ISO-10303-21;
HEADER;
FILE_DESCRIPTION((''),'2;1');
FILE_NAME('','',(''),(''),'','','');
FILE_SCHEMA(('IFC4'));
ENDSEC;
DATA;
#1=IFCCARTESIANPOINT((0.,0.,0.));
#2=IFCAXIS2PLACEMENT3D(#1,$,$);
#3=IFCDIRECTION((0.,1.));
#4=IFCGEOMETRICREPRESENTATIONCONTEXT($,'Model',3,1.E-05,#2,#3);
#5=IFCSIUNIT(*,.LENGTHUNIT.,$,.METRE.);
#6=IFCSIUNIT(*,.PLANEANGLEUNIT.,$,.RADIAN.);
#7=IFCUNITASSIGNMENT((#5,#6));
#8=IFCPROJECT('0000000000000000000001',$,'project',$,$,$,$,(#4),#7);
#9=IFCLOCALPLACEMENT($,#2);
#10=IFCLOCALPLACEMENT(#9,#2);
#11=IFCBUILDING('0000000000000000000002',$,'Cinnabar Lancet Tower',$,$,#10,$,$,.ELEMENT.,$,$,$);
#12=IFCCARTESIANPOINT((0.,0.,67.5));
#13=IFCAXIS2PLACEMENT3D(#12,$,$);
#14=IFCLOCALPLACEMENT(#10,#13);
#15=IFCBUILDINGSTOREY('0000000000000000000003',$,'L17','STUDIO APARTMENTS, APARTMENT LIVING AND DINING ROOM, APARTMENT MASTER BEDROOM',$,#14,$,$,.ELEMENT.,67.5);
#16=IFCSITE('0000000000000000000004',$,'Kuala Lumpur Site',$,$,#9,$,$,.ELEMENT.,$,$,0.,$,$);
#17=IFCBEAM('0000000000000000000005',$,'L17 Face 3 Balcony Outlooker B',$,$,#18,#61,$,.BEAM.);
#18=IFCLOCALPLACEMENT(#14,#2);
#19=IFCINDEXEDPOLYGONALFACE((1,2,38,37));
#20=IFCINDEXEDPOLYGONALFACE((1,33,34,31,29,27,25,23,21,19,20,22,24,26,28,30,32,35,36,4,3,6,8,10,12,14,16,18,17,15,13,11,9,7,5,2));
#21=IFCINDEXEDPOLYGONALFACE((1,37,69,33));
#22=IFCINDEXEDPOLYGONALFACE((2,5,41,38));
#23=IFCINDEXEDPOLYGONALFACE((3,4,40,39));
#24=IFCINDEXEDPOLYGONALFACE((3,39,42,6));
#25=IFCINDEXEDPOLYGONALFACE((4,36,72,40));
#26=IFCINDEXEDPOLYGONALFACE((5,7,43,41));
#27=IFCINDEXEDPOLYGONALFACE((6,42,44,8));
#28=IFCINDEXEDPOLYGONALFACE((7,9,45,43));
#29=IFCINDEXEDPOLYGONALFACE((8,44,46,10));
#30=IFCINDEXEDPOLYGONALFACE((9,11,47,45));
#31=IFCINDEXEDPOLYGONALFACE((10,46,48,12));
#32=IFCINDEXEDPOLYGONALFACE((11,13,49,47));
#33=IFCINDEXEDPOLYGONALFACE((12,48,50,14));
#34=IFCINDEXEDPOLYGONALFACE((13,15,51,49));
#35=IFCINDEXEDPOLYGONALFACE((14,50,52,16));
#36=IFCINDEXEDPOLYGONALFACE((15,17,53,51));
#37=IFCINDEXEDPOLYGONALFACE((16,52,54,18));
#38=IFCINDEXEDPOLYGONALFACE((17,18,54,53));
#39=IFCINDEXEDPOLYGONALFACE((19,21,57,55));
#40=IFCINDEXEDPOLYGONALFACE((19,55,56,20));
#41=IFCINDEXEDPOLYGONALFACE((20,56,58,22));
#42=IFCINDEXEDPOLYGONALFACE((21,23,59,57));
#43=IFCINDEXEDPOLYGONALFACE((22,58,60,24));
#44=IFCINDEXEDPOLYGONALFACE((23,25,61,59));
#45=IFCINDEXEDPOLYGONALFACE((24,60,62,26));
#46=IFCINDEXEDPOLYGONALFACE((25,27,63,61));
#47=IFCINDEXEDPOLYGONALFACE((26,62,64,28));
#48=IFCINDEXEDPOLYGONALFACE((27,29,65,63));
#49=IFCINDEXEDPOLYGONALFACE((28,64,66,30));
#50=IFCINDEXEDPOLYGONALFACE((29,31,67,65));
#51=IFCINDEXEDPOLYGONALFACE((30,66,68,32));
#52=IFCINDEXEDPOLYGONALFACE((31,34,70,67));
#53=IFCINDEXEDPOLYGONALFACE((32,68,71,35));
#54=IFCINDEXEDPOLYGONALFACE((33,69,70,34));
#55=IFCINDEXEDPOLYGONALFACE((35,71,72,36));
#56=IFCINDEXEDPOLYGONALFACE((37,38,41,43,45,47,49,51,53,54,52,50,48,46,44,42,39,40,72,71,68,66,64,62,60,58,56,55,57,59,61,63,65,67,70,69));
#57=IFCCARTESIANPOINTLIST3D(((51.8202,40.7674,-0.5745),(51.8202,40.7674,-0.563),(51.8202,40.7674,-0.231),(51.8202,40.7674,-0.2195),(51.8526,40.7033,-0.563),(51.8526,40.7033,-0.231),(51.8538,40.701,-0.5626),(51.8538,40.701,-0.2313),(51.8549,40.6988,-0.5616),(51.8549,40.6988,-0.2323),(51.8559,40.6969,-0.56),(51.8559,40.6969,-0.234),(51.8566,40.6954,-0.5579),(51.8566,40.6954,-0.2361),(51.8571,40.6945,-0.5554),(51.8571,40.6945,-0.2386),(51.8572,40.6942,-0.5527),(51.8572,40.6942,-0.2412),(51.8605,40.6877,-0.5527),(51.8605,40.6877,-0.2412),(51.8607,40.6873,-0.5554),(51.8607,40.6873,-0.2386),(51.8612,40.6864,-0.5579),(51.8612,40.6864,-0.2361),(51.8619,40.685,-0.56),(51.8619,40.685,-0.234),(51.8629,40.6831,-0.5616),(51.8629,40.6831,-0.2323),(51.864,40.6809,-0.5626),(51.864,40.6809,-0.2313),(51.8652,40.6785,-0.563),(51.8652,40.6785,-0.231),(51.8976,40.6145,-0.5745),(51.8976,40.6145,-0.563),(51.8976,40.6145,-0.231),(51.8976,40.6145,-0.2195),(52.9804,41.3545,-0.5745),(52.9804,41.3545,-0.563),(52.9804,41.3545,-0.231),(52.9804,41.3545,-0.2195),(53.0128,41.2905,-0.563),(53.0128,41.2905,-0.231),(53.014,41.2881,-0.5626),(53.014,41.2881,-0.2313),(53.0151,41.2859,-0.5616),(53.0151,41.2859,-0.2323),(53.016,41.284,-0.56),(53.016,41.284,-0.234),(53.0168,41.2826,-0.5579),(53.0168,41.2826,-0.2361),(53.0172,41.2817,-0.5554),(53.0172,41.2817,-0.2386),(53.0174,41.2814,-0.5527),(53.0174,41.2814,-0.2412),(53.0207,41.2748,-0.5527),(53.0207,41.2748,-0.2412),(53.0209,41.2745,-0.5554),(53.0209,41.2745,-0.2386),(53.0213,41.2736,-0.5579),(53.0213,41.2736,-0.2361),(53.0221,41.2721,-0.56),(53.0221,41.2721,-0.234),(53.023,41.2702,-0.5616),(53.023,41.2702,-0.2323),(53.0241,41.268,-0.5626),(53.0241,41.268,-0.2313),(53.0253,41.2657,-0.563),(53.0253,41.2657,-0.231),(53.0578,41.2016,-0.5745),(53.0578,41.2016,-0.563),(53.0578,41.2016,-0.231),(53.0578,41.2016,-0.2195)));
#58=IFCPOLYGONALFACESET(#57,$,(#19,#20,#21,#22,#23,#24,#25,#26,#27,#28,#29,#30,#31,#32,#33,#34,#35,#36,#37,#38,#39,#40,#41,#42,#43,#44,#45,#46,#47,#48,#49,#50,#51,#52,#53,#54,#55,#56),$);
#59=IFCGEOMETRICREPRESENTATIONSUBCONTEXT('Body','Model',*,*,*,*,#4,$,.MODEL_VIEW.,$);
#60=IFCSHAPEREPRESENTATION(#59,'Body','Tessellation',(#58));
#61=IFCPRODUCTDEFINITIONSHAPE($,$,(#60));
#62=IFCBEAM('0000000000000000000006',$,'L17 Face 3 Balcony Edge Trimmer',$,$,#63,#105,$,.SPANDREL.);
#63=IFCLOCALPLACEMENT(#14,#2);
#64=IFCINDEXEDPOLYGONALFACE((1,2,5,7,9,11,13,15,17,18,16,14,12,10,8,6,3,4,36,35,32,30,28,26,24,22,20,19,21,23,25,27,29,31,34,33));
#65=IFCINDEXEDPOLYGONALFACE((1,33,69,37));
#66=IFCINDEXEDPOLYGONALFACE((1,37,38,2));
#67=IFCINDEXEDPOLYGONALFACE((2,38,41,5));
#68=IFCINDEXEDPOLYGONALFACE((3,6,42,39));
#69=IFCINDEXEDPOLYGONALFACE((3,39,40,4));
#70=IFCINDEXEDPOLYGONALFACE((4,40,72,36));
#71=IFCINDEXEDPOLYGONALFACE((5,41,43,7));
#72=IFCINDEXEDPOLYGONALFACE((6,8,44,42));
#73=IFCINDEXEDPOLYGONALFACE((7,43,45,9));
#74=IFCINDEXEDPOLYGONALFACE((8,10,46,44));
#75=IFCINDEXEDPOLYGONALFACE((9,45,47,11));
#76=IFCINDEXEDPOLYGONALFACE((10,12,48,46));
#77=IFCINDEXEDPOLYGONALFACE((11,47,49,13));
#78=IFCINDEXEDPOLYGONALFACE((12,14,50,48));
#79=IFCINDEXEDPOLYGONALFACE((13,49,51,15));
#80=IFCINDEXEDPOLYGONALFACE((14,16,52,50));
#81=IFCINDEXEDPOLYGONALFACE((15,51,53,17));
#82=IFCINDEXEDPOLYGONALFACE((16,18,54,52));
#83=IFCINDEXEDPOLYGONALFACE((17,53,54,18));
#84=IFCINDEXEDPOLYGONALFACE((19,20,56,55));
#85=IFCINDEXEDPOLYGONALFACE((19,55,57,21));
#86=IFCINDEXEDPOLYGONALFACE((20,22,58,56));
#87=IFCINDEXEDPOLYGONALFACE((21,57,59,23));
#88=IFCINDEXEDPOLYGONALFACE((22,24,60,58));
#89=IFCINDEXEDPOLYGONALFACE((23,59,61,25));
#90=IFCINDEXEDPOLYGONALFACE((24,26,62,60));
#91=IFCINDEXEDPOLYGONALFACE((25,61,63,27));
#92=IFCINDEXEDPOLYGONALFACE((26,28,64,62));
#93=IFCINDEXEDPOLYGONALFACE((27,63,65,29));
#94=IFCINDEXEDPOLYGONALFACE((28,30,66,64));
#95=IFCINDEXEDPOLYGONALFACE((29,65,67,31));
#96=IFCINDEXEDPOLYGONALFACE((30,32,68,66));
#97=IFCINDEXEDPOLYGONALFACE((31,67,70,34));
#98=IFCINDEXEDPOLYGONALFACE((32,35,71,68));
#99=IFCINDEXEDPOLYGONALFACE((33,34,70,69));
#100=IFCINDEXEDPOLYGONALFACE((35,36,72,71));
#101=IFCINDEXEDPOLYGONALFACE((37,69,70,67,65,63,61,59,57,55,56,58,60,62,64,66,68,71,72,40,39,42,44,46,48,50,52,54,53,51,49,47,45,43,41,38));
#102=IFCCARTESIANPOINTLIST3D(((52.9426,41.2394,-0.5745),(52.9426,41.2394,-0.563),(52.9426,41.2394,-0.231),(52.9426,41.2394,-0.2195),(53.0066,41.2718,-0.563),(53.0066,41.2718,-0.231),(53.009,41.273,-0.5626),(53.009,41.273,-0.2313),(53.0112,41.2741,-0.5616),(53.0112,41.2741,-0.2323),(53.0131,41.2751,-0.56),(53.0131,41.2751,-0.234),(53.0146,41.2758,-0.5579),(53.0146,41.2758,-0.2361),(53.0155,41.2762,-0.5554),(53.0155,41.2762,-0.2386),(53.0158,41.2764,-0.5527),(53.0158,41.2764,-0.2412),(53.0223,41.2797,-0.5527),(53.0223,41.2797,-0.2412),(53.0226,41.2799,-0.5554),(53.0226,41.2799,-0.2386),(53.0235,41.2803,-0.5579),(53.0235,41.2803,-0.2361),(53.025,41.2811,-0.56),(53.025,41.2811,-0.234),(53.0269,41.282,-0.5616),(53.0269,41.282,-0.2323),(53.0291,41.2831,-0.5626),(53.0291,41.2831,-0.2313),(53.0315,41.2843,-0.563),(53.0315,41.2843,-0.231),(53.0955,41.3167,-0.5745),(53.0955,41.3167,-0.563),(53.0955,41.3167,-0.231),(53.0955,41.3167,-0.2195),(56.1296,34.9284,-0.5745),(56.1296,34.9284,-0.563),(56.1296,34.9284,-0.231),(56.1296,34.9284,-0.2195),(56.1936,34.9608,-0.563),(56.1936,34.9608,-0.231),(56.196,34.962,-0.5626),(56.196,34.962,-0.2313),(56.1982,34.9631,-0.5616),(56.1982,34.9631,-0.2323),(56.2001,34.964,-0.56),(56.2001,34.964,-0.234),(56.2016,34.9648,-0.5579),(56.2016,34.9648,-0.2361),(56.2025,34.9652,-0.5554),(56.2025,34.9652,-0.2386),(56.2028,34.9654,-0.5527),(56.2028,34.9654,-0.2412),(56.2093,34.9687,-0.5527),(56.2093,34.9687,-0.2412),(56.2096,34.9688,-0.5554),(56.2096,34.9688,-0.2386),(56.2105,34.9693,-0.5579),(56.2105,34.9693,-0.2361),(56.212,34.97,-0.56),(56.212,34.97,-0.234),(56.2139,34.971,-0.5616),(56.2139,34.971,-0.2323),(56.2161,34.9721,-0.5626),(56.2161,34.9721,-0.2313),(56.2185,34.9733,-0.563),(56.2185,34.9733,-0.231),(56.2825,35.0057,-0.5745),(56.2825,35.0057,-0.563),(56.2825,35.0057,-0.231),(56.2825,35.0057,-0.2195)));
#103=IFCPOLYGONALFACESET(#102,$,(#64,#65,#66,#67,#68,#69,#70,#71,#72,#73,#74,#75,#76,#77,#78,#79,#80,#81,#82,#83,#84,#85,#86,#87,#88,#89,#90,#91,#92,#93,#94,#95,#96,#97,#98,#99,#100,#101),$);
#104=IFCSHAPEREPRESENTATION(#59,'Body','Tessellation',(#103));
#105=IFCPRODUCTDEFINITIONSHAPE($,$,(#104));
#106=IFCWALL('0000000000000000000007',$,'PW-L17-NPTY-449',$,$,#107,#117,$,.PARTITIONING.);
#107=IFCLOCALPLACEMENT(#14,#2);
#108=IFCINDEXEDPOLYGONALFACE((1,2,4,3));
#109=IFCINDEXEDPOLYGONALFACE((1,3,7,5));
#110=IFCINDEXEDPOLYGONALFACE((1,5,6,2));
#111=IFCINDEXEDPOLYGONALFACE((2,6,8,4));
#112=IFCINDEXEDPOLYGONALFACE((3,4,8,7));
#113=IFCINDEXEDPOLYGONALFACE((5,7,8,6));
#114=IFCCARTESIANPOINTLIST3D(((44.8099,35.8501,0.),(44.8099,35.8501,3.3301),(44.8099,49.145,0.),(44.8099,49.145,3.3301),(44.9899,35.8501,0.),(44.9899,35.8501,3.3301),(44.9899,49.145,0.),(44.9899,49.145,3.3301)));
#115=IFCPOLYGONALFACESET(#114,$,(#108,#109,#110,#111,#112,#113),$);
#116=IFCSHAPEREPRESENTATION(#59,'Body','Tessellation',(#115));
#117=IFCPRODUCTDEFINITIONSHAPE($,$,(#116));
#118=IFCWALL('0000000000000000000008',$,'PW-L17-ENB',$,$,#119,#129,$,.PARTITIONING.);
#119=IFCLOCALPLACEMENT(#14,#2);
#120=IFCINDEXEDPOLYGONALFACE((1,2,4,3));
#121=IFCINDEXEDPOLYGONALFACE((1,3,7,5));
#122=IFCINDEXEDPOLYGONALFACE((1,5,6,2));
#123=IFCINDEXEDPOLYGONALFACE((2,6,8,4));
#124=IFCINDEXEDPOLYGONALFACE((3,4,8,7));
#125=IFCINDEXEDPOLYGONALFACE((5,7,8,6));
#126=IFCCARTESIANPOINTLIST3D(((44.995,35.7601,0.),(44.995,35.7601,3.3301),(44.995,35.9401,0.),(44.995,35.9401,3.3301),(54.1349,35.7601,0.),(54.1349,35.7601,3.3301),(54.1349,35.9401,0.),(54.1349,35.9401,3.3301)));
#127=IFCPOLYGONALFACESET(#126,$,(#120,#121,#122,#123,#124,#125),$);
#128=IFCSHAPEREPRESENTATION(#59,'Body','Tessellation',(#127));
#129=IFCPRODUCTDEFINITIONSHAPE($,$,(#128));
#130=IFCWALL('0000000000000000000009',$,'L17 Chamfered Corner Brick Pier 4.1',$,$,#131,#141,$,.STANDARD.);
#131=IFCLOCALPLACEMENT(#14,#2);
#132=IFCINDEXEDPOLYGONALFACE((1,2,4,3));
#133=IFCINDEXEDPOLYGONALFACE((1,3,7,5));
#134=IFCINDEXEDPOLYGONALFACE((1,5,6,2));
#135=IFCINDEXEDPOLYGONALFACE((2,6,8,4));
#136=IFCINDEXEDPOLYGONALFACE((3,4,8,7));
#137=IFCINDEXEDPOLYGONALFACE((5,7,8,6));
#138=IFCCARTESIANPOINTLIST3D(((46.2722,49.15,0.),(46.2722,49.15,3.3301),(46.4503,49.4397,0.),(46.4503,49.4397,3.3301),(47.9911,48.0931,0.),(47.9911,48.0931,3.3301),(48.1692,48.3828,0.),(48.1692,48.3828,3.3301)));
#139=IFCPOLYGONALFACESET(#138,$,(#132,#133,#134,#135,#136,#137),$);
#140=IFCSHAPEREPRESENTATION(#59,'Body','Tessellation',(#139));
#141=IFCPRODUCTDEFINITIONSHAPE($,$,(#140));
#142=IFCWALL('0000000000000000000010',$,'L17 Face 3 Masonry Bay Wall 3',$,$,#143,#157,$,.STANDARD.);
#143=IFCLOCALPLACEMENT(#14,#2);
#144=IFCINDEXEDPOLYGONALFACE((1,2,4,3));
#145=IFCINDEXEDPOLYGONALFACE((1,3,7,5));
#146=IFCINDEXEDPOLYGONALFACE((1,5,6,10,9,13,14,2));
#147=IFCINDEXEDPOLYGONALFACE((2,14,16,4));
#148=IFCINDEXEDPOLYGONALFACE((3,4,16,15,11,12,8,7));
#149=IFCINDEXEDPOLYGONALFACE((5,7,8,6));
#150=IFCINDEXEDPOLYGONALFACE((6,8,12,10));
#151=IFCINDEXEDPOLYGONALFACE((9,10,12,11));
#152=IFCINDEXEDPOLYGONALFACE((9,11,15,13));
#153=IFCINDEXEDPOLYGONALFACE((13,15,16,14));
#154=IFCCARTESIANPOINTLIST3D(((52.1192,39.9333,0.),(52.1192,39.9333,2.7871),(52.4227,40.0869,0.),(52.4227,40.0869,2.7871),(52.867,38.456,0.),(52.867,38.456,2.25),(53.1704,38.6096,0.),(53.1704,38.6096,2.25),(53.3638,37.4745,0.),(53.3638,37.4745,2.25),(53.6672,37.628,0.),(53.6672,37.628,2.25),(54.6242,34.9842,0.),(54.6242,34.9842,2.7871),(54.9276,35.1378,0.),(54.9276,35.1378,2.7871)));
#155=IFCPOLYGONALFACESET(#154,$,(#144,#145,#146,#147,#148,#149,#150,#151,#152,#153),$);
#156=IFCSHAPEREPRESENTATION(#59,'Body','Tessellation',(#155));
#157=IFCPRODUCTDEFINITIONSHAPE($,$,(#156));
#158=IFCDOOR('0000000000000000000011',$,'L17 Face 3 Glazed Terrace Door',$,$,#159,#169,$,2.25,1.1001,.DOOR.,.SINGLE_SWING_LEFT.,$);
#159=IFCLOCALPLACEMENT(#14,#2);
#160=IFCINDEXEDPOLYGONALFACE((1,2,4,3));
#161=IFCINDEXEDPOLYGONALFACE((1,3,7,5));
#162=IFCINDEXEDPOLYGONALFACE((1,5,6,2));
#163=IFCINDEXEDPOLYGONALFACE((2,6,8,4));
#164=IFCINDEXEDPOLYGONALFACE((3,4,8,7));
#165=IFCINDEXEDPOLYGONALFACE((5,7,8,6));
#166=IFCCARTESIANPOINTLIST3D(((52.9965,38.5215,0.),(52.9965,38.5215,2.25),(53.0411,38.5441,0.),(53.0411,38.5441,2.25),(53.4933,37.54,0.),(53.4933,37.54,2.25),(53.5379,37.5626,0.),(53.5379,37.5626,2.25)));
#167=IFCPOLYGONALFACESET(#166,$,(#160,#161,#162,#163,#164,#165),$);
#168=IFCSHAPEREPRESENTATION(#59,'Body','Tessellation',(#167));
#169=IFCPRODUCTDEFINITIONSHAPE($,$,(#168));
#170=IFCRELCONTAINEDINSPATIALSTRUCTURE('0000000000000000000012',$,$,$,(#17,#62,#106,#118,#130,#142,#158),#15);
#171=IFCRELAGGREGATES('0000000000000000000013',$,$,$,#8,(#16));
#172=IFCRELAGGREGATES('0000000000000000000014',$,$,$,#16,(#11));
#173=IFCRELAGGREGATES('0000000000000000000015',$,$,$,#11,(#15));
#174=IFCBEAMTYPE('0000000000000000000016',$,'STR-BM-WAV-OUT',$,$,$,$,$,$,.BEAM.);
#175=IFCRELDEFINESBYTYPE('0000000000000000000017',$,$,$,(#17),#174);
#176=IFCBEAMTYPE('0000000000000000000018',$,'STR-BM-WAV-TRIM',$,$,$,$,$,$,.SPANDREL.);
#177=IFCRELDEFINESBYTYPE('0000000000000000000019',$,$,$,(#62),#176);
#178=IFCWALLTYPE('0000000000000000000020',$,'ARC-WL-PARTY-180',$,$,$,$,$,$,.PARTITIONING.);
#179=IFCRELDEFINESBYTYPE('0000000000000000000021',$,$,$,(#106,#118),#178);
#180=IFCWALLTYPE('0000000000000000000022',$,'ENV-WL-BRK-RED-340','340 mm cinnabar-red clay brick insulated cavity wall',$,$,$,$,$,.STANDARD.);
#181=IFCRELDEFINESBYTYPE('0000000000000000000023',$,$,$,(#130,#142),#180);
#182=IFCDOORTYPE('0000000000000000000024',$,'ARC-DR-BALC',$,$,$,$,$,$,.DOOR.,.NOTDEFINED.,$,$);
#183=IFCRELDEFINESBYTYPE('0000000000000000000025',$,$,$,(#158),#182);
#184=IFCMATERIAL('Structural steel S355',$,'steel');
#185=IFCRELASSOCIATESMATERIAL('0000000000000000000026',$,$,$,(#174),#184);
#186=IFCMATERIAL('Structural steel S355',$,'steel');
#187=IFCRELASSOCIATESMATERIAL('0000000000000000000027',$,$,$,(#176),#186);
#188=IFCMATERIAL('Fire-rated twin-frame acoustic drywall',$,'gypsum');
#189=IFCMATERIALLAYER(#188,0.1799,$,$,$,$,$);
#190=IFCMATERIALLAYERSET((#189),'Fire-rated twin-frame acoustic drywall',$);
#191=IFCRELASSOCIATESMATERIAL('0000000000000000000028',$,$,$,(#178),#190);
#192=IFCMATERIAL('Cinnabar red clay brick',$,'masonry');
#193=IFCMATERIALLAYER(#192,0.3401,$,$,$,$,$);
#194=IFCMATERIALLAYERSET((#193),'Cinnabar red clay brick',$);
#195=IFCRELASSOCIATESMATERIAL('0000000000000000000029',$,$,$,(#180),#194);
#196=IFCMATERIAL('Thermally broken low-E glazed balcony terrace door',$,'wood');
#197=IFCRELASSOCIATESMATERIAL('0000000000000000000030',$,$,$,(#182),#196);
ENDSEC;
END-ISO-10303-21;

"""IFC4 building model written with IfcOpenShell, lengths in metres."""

from ifc_helpers import new_model, si_unit, direction, frame, frame_2d, origin, origin_2d, place, context, subcontext, project, spatial, rectangle, i_section, extrude, material, layer, layer_set, material_profile, profile_set, type_object, element, fill, save


model = new_model("IFC4")

# Units and contexts
model_context = context("Model", 3, precision=1e-05, world=origin(), true_north=direction((0.0, 1.0)))
body_context = subcontext(model_context, "Body", "Model", "MODEL_VIEW")
ifc_project = project(units=[si_unit("LENGTHUNIT", "METRE"), si_unit("PLANEANGLEUNIT", "RADIAN")], contexts=[model_context])

# Site, building, storey
site_placement = place(None, origin())
site = spatial("IfcSite", under=ifc_project, at=site_placement, Name="Kuala Lumpur Site", CompositionType="ELEMENT", RefElevation=0.0)
building_placement = place(site_placement, origin())
building = spatial("IfcBuilding", under=site, at=building_placement, Name="Cinnabar Lancet Tower", CompositionType="ELEMENT")
storey_placement = place(building_placement, frame((0.0, 0.0, 67.5)))
storey = spatial("IfcBuildingStorey", under=building, at=storey_placement, Name="L17", Description="STUDIO APARTMENTS, APARTMENT LIVING AND DINING ROOM, APARTMENT MASTER BEDROOM", CompositionType="ELEMENT", Elevation=67.5)

# Beams
ifc_material_1 = material(Name="Structural steel S355", Category="steel")
ifc_material_profile_1 = material_profile(ifc_material_1, i_section(OverallWidth=0.1714, OverallDepth=0.355, WebThickness=0.0073, FlangeThickness=0.0115, FilletRadius=0.0103, at=origin_2d()), Name="UKB 356x171x51")
ifc_profile_set_1 = profile_set([ifc_material_profile_1], Name="Structural steel S355")
beam_type_1 = type_object("IfcBeamType", Name="STR-BM-WAV-OUT", PredefinedType="BEAM", material=ifc_profile_set_1)
beam_1_placement = place(storey_placement, frame((51.8589, 40.6909, -0.397), z_axis=(0.892239, 0.451564, 0.0), x_axis=(-0.451564, 0.892239, 0.0)))
element("IfcBeam", 1, at=beam_1_placement, inside=storey, type_object=beam_type_1, Name="L17 Face 3 Balcony Outlooker B", PredefinedType="BEAM", context=body_context, shape_type="SweptSolid", body=[
    extrude(i_section(OverallWidth=0.1714, OverallDepth=0.355, WebThickness=0.0073, FlangeThickness=0.0115, FilletRadius=0.0103, at=origin_2d()), origin(), (0.0, 0.0, 1.0), 1.3003),
])
ifc_material_2 = material(Name="Structural steel S355", Category="steel")
ifc_material_profile_2 = material_profile(ifc_material_2, i_section(OverallWidth=0.1714, OverallDepth=0.355, WebThickness=0.0073, FlangeThickness=0.0115, FilletRadius=0.0103, at=origin_2d()), Name="UKB 356x171x51")
ifc_profile_set_2 = profile_set([ifc_material_profile_2], Name="Structural steel S355")
beam_type_2 = type_object("IfcBeamType", Name="STR-BM-WAV-TRIM", PredefinedType="SPANDREL", material=ifc_profile_set_2)
beam_2_placement = place(storey_placement, frame((56.2061, 34.967, -0.397), z_axis=(-0.450774, 0.892638, 0.0), x_axis=(-0.892638, -0.450774, 0.0)))
element("IfcBeam", 2, at=beam_2_placement, inside=storey, type_object=beam_type_2, Name="L17 Face 3 Balcony Edge Trimmer", PredefinedType="SPANDREL", context=body_context, shape_type="SweptSolid", body=[
    extrude(i_section(OverallWidth=0.1714, OverallDepth=0.355, WebThickness=0.0073, FlangeThickness=0.0115, FilletRadius=0.0103, at=origin_2d()), origin(), (0.0, 0.0, 1.0), 7.0701),
])

# Walls
ifc_material_3 = material(Name="Fire-rated twin-frame acoustic drywall", Category="gypsum")
ifc_layer_1 = layer(ifc_material_3, 0.1799)
ifc_layer_set_1 = layer_set([ifc_layer_1], Name="Fire-rated twin-frame acoustic drywall")
wall_type_1 = type_object("IfcWallType", Name="ARC-WL-PARTY-180", PredefinedType="PARTITIONING", material=ifc_layer_set_1)
wall_1_placement = place(storey_placement, frame((44.8999, 35.8501, 0.0), z_axis=(0.0, 0.0, 1.0), x_axis=(0.0, 1.0, 0.0)))
element("IfcWall", 3, at=wall_1_placement, inside=storey, type_object=wall_type_1, Name="PW-L17-NPTY-449", PredefinedType="PARTITIONING", context=body_context, shape_type="SweptSolid", body=[
    extrude(rectangle(XDim=13.2949, YDim=0.1799, at=frame_2d((6.6475, 0.0))), origin(), (0.0, 0.0, 1.0), 3.3301),
])
wall_2_placement = place(storey_placement, frame((44.9951, 35.8501, 0.0), z_axis=(0.0, 0.0, 1.0), x_axis=(1.0, 0.0, 0.0)))
element("IfcWall", 4, at=wall_2_placement, inside=storey, type_object=wall_type_1, Name="PW-L17-ENB", PredefinedType="PARTITIONING", context=body_context, shape_type="SweptSolid", body=[
    extrude(rectangle(XDim=9.1399, YDim=0.1799, at=frame_2d((4.5698, 0.0))), origin(), (0.0, 0.0, 1.0), 3.3301),
])
ifc_material_4 = material(Name="Cinnabar red clay brick", Category="masonry")
ifc_layer_2 = layer(ifc_material_4, 0.3401)
ifc_layer_set_2 = layer_set([ifc_layer_2], Name="Cinnabar red clay brick")
wall_type_2 = type_object("IfcWallType", Name="ENV-WL-BRK-RED-340", Description="340 mm cinnabar-red clay brick insulated cavity wall", PredefinedType="STANDARD", material=ifc_layer_set_2)
wall_3_placement = place(storey_placement, frame((48.0801, 48.238, 0.0), z_axis=(0.0, 0.0, 1.0), x_axis=(-0.85187, 0.523753, 0.0)))
element("IfcWall", 5, at=wall_3_placement, inside=storey, type_object=wall_type_2, Name="L17 Chamfered Corner Brick Pier 4.1", PredefinedType="STANDARD", context=body_context, shape_type="SweptSolid", body=[
    extrude(rectangle(XDim=2.0178, YDim=0.3401, at=frame_2d((1.0088, 0.0))), origin(), (0.0, 0.0, 1.0), 3.3301),
])

# Wall, opening, door
wall_4_placement = place(storey_placement, frame((54.7759, 35.061, 0.0), z_axis=(0.0, 0.0, 1.0), x_axis=(-0.451592, 0.892225, 0.0)))
wall_4 = element("IfcWall", 6, at=wall_4_placement, inside=storey, type_object=wall_type_2, Name="L17 Face 3 Masonry Bay Wall 3", PredefinedType="STANDARD", context=body_context, shape_type="SweptSolid", body=[
    extrude(rectangle(XDim=5.5469, YDim=0.3401, at=frame_2d((2.7734, 0.0))), origin(), (0.0, 0.0, 1.0), 2.7871),
])
opening_1_placement = place(wall_4_placement, frame((2.791, 0.0, 0.0)))
opening_1 = element("IfcOpeningElement", 7, at=opening_1_placement, cuts=wall_4, PredefinedType="OPENING", context=body_context, shape_type="SweptSolid", body=[
    extrude(rectangle(XDim=1.1001, YDim=2.25, at=frame_2d((0.55, 1.125))), frame((0.0, 0.1799, 0.0), z_axis=(0.0, -1.0, 0.0), x_axis=(1.0, 0.0, 0.0)), (0.0, 0.0, 1.0), 0.3601),
])
ifc_material_5 = material(Name="Thermally broken low-E glazed balcony terrace door", Category="wood")
door_type = type_object("IfcDoorType", Name="ARC-DR-BALC", OperationType="NOTDEFINED", PredefinedType="DOOR", material=ifc_material_5)
door_placement = place(opening_1_placement, origin())
door = element("IfcDoor", 8, at=door_placement, inside=storey, type_object=door_type, Name="L17 Face 3 Glazed Terrace Door", OperationType="SINGLE_SWING_LEFT", OverallHeight=2.25, OverallWidth=1.1001, PredefinedType="DOOR", context=body_context, shape_type="SweptSolid", body=[
    extrude(rectangle(XDim=1.1001, YDim=2.25, at=frame_2d((0.55, 1.125))), frame((0.0, 0.0249, 0.0), z_axis=(0.0, -1.0, 0.0), x_axis=(1.0, 0.0, 0.0)), (0.0, 0.0, 1.0), 0.05),
])
fill(opening_1, door)

save(model, "model.ifc")
